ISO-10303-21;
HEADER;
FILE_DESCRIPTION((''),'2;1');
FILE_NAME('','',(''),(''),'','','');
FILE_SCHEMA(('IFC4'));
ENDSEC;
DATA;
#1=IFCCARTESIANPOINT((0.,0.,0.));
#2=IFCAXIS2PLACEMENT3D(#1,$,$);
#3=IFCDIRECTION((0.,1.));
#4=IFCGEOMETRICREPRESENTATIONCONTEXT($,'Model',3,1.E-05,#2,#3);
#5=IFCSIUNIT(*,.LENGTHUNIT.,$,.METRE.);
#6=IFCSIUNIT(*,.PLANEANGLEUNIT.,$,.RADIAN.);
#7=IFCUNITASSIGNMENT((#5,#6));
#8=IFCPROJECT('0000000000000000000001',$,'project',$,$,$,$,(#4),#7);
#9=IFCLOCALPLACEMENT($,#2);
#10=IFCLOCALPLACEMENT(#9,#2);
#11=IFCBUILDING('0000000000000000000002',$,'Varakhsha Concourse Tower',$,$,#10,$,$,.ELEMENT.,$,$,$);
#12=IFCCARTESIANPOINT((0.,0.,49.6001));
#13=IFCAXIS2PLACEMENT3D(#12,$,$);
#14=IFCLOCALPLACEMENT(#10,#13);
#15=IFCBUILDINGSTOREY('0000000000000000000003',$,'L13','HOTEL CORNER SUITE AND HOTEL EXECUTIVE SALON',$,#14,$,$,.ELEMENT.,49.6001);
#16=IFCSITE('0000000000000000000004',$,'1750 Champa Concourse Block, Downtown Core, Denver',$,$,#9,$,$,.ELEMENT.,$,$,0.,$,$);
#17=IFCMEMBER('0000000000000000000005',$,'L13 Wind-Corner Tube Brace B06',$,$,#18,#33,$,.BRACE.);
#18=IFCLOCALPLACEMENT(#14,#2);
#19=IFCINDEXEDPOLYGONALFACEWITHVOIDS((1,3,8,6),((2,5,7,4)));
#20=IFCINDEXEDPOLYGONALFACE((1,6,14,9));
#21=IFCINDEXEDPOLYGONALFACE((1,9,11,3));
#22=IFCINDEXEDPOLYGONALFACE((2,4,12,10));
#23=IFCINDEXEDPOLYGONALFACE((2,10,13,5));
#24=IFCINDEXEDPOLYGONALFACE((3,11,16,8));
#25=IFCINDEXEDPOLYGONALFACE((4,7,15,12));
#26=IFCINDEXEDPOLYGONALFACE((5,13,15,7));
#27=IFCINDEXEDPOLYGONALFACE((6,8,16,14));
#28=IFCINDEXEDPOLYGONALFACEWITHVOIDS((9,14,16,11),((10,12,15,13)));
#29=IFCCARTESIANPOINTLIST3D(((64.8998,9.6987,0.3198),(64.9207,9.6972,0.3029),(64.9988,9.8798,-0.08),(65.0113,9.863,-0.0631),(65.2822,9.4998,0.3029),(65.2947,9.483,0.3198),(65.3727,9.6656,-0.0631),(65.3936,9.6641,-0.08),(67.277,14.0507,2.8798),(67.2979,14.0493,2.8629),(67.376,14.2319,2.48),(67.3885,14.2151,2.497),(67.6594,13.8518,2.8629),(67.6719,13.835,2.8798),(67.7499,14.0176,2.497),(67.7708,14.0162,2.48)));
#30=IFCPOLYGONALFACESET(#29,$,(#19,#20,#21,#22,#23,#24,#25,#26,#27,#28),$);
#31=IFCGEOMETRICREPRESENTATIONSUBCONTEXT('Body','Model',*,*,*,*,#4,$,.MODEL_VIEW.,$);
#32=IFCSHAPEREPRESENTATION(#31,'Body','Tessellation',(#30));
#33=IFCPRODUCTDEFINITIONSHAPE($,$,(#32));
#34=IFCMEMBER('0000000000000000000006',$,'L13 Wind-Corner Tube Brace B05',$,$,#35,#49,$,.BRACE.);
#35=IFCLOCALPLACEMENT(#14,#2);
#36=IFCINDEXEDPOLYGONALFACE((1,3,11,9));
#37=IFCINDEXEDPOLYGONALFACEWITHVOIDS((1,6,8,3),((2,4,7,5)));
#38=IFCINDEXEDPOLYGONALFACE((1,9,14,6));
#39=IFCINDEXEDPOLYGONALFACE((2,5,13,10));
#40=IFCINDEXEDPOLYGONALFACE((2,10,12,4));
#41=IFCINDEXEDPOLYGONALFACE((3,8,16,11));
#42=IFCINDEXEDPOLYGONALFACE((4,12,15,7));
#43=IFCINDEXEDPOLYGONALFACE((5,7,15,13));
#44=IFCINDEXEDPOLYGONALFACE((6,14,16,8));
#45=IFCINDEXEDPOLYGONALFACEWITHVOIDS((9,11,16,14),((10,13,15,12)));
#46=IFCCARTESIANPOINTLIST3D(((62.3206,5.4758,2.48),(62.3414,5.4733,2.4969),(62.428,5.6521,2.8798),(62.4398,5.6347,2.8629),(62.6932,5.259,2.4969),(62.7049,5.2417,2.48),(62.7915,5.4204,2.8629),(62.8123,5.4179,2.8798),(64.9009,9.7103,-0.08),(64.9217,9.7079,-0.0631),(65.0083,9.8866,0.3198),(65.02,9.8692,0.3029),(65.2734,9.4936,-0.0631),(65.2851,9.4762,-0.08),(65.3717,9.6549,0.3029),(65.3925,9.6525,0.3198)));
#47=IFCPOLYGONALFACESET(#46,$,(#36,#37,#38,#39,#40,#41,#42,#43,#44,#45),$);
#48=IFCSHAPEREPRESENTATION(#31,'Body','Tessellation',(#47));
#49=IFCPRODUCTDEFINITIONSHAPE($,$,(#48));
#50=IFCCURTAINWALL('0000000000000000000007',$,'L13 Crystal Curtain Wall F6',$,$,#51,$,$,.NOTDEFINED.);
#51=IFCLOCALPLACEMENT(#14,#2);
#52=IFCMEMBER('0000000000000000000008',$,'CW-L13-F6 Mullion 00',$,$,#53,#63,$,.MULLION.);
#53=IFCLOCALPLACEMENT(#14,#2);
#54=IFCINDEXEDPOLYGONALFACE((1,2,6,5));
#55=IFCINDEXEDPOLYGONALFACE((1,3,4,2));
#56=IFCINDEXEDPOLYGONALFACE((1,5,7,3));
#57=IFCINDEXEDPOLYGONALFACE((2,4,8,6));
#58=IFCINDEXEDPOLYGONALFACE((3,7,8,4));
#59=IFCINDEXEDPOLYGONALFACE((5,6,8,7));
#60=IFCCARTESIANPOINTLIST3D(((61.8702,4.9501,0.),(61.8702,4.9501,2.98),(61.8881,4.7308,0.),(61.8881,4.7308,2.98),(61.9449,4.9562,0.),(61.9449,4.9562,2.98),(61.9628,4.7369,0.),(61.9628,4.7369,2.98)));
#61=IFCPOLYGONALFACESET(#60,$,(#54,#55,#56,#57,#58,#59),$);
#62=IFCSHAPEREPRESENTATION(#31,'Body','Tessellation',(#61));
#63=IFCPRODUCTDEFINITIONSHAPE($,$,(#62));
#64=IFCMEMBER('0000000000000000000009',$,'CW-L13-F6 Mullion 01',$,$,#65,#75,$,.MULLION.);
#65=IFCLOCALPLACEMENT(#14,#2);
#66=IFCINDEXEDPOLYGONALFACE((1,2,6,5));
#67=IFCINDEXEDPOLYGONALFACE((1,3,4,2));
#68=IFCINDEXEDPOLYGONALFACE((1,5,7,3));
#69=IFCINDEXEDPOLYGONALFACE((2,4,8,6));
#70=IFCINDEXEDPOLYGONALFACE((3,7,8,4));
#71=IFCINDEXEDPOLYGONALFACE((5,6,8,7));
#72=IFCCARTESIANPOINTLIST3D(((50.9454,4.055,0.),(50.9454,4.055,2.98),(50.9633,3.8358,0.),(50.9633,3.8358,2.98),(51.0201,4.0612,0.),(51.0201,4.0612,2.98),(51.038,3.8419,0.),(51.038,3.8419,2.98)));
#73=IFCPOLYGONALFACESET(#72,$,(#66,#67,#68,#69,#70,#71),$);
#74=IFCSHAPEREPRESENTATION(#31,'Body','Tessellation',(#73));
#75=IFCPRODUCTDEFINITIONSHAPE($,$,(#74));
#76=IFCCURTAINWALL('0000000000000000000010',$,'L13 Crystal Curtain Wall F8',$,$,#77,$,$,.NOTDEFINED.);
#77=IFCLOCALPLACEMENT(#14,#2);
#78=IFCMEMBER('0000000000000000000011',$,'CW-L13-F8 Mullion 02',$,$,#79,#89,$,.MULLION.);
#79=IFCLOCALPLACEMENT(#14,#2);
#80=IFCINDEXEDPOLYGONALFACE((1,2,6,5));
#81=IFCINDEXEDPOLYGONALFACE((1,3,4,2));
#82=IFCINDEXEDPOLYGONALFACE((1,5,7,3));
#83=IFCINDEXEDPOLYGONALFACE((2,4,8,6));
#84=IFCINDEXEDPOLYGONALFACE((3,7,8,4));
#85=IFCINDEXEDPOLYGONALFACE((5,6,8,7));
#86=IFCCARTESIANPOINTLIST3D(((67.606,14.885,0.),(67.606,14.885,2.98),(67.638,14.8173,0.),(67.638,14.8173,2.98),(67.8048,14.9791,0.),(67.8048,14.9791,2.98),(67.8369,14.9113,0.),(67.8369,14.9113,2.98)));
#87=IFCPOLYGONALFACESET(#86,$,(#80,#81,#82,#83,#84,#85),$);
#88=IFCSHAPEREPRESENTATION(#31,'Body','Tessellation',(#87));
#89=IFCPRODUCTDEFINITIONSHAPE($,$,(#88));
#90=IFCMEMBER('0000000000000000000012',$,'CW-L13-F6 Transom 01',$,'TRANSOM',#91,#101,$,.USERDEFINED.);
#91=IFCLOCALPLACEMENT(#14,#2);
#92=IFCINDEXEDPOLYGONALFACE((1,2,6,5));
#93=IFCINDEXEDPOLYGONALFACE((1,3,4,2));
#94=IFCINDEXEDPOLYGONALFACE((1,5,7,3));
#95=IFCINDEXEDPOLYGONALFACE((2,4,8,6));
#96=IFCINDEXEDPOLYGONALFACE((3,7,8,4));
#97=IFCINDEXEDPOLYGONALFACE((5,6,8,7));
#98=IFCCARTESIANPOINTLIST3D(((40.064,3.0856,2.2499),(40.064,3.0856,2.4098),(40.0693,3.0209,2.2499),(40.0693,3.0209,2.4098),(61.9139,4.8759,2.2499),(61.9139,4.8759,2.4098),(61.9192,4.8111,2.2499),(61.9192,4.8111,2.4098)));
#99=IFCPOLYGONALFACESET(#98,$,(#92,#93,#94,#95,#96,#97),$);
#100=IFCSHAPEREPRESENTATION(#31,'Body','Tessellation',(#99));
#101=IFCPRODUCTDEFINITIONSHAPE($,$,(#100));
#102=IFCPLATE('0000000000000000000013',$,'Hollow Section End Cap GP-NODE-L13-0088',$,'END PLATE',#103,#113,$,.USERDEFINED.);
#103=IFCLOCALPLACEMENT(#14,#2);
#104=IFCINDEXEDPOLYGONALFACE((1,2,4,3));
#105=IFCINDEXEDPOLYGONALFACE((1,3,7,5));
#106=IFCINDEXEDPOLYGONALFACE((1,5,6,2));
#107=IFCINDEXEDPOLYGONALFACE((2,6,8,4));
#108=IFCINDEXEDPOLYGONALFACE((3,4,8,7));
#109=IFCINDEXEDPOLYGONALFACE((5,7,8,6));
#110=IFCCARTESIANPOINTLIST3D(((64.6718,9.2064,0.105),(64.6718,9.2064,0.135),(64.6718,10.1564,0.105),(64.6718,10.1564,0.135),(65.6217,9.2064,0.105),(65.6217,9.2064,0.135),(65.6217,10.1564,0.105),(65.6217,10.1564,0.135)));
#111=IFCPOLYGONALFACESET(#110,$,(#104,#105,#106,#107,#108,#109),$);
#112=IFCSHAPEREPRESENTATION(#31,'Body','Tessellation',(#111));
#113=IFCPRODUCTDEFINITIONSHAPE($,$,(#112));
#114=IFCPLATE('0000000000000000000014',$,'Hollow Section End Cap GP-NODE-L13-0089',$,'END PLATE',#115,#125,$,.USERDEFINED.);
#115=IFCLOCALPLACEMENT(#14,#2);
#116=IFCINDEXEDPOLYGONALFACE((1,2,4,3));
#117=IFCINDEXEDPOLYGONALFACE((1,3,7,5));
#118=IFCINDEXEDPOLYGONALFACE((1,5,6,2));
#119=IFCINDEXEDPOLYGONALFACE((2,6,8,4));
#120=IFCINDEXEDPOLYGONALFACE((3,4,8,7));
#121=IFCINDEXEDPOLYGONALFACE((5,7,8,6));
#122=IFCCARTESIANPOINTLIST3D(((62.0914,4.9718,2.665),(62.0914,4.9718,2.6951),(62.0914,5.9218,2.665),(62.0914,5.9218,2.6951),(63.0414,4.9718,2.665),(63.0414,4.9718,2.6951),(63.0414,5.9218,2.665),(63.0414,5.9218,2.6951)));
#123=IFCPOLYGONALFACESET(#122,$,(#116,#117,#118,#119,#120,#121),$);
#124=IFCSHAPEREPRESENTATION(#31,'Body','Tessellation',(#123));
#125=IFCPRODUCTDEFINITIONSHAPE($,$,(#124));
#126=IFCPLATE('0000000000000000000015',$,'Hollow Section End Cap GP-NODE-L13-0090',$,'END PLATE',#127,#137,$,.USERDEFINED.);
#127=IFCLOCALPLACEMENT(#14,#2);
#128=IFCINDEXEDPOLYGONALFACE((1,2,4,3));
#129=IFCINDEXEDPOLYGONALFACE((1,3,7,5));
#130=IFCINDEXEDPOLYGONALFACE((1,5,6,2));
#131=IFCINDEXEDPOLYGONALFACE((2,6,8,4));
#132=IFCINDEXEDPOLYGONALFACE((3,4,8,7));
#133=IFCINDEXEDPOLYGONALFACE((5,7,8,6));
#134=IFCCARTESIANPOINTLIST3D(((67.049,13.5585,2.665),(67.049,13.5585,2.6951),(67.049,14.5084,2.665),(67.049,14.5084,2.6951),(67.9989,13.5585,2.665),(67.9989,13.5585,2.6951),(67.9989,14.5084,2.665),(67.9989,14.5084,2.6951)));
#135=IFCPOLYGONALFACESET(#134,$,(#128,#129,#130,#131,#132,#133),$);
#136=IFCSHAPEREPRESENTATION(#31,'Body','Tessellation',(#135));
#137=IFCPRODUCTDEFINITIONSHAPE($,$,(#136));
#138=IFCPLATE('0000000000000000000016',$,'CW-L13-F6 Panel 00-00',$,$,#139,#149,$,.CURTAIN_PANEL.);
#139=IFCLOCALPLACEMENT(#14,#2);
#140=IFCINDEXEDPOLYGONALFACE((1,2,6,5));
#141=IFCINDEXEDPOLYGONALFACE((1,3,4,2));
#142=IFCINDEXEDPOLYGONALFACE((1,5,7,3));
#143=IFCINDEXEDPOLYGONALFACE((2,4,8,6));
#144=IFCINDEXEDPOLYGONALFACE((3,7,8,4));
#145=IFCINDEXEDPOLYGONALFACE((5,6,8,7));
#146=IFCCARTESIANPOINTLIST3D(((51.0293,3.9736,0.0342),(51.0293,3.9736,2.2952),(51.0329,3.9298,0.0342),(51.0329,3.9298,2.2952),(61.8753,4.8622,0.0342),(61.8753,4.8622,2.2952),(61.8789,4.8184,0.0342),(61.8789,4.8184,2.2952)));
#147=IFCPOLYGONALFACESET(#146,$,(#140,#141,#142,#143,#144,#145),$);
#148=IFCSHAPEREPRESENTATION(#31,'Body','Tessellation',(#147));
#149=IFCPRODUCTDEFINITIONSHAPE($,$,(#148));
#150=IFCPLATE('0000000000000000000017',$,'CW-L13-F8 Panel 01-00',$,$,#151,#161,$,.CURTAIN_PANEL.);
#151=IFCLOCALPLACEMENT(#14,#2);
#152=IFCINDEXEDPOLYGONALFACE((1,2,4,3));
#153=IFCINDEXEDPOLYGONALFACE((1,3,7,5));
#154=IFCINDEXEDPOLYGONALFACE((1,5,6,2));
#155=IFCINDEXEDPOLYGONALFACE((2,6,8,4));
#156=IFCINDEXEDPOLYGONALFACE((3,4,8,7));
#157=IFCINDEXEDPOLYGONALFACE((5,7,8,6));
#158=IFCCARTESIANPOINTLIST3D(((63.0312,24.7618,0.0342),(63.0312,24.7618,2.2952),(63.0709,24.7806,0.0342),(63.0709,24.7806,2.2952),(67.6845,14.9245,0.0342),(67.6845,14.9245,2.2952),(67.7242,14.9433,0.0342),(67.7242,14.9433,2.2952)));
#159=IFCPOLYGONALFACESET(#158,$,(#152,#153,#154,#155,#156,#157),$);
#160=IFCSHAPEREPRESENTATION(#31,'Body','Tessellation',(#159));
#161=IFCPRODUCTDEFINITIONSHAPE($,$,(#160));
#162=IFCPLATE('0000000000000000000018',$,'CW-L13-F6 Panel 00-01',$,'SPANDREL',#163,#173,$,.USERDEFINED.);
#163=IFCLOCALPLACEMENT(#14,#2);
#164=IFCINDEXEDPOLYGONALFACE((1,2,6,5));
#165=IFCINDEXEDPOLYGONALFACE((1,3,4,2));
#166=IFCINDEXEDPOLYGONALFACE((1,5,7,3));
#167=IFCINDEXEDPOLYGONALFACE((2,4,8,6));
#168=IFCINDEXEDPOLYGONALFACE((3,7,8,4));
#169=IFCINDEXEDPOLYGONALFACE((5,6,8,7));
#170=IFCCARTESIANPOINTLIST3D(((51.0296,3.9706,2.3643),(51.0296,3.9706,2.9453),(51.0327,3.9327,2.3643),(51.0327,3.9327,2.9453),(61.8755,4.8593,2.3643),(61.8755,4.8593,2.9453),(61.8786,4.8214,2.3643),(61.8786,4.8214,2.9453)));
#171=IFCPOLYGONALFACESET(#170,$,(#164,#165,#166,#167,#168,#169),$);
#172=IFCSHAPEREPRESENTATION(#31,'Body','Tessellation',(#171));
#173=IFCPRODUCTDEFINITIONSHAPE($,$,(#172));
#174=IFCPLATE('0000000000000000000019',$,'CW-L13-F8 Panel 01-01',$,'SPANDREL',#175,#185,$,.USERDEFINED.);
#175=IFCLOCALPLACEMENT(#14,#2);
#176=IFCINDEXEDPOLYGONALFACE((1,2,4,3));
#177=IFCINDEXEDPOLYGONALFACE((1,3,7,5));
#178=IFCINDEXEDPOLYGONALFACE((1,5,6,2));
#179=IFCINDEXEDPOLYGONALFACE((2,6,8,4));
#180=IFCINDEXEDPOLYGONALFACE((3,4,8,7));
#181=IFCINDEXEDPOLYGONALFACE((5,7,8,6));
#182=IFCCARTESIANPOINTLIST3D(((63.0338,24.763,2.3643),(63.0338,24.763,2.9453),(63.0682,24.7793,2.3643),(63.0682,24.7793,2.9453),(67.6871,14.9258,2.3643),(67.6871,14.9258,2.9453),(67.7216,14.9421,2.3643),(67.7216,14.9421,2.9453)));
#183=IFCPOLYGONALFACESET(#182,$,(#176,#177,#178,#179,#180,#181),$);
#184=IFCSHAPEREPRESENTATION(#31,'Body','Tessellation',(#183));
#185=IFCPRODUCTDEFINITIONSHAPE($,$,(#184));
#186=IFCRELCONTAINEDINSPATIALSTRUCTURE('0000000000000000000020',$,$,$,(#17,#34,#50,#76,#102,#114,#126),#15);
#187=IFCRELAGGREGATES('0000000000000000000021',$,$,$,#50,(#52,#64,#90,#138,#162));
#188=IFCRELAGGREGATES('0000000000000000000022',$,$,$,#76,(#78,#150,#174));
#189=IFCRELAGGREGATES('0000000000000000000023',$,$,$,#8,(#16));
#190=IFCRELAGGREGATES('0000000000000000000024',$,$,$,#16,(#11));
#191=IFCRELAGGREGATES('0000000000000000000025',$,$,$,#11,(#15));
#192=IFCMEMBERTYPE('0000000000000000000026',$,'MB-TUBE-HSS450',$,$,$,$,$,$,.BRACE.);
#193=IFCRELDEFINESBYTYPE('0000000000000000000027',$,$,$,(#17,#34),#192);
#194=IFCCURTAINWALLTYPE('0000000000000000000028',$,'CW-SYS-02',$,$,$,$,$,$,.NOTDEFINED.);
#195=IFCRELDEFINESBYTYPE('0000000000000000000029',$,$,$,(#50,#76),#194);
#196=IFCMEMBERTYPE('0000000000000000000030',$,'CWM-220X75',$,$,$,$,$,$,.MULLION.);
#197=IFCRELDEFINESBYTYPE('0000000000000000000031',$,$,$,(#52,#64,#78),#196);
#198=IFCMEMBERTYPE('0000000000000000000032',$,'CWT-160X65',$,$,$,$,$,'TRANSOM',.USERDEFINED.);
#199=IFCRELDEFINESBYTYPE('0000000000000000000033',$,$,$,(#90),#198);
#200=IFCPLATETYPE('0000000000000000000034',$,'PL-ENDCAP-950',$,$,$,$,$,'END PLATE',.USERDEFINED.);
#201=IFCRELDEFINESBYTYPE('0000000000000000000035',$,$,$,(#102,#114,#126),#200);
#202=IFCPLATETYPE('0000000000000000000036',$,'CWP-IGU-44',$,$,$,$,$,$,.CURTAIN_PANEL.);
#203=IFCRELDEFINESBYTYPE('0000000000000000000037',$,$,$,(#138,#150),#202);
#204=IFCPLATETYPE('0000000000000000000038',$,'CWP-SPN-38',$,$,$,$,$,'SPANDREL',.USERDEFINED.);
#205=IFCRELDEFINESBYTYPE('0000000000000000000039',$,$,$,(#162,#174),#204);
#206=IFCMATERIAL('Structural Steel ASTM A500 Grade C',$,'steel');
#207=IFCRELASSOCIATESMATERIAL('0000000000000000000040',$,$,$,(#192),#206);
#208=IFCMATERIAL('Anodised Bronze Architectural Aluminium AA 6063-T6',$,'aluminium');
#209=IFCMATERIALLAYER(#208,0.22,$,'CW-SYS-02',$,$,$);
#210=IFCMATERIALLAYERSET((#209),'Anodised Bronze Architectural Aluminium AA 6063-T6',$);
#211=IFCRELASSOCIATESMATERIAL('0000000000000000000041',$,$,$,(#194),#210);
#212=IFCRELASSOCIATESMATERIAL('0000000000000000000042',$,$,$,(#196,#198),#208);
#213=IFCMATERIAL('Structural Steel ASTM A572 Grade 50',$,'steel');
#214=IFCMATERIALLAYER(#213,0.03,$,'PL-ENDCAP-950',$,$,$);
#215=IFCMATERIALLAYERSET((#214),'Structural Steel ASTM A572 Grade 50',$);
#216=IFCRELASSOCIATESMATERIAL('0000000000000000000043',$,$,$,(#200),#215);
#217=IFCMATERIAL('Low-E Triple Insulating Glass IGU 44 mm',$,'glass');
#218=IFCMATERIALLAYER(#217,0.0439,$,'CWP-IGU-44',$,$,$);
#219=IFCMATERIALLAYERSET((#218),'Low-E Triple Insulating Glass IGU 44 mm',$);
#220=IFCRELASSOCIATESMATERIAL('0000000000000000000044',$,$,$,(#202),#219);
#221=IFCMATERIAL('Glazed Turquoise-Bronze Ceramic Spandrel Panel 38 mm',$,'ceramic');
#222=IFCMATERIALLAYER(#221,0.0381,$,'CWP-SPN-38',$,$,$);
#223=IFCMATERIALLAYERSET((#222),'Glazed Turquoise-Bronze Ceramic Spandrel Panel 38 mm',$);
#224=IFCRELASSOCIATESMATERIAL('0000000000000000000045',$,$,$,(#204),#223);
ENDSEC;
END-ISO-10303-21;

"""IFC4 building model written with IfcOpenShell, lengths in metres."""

from ifc_helpers import new_model, si_unit, direction, frame, origin, origin_2d, place, context, subcontext, project, spatial, rectangle, hollow_rectangle, extrude, source, transform, mapped, material, layer, layer_set, material_profile, profile_set, type_object, type_shapes, element, aggregate, save


model = new_model("IFC4")

# Units and contexts
model_context = context("Model", 3, precision=1e-05, world=origin(), true_north=direction((0.0, 1.0)))
body_context = subcontext(model_context, "Body", "Model", "MODEL_VIEW")
ifc_project = project(units=[si_unit("LENGTHUNIT", "METRE"), si_unit("PLANEANGLEUNIT", "RADIAN")], contexts=[model_context])

# Site, building, storey
site_placement = place(None, origin())
site = spatial("IfcSite", under=ifc_project, at=site_placement, Name="1750 Champa Concourse Block, Downtown Core, Denver", CompositionType="ELEMENT", RefElevation=0.0)
building_placement = place(site_placement, origin())
building = spatial("IfcBuilding", under=site, at=building_placement, Name="Varakhsha Concourse Tower", CompositionType="ELEMENT")
storey_placement = place(building_placement, frame((0.0, 0.0, 49.6001)))
storey = spatial("IfcBuildingStorey", under=building, at=storey_placement, Name="L13", Description="HOTEL CORNER SUITE AND HOTEL EXECUTIVE SALON", CompositionType="ELEMENT", Elevation=49.6001)

# Shared definitions
ifc_material_1 = material(Name="Structural Steel ASTM A572 Grade 50", Category="steel")

# Members
ifc_material_2 = material(Name="Structural Steel ASTM A500 Grade C", Category="steel")
ifc_material_profile_1 = material_profile(ifc_material_2, hollow_rectangle(XDim=0.45, YDim=0.45, WallThickness=0.019, at=origin_2d()), Name="HSS 450x450x19")
ifc_profile_set_1 = profile_set([ifc_material_profile_1], Name="Structural Steel ASTM A500 Grade C")
member_type_1 = type_object("IfcMemberType", Name="MB-TUBE-HSS450", PredefinedType="BRACE", material=ifc_profile_set_1)
shared_shape_1 = source(origin(), body_context, "Body", "SweptSolid", [
    extrude(hollow_rectangle(XDim=0.45, YDim=0.45, WallThickness=0.019, at=origin_2d()), origin(), (0.0, 0.0, 1.0), 5.5808),
])
member_1_placement = place(storey_placement, frame((65.1467, 9.6814, 0.1199), z_axis=(0.42596, 0.779826, 0.458726), x_axis=(-0.877611, 0.479373, 0.0)))
element("IfcMember", 1, at=member_1_placement, inside=storey, type_object=member_type_1, Name="L13 Wind-Corner Tube Brace B06", PredefinedType="BRACE", context=body_context, shape_type="MappedRepresentation", body=[
    mapped(shared_shape_1, transform((0.0, 0.0, 0.0), scale=1.0)),
])
shared_shape_2 = source(origin(), body_context, "Body", "SweptSolid", [
    extrude(hollow_rectangle(XDim=0.45, YDim=0.45, WallThickness=0.019, at=origin_2d()), origin(), (0.0, 0.0, 1.0), 5.5806),
])
type_shapes(member_type_1, [shared_shape_1, shared_shape_2])
member_2_placement = place(storey_placement, frame((65.1467, 9.6814, 0.1199), z_axis=(-0.462367, -0.7588, 0.458736), x_axis=(0.853954, -0.520348, 0.0)))
element("IfcMember", 2, at=member_2_placement, inside=storey, type_object=member_type_1, Name="L13 Wind-Corner Tube Brace B05", PredefinedType="BRACE", context=body_context, shape_type="MappedRepresentation", body=[
    mapped(shared_shape_2, transform((0.0, 0.0, 0.0), scale=1.0)),
])

# Curtain wall, members
ifc_material_3 = material(Name="Anodised Bronze Architectural Aluminium AA 6063-T6", Category="aluminium")
ifc_layer_1 = layer(ifc_material_3, 0.22, Name="CW-SYS-02")
ifc_layer_set_1 = layer_set([ifc_layer_1], Name="Anodised Bronze Architectural Aluminium AA 6063-T6")
curtain_wall_type = type_object("IfcCurtainWallType", Name="CW-SYS-02", PredefinedType="NOTDEFINED", material=ifc_layer_set_1)
curtain_wall_1_placement = place(storey_placement, origin())
curtain_wall_1 = element("IfcCurtainWall", 3, at=curtain_wall_1_placement, inside=storey, type_object=curtain_wall_type, Name="L13 Crystal Curtain Wall F6", PredefinedType="NOTDEFINED")
ifc_material_profile_2 = material_profile(ifc_material_3, rectangle(XDim=0.075, YDim=0.22, at=origin_2d()), Name="CWM-220X75")
ifc_profile_set_2 = profile_set([ifc_material_profile_2], Name="Anodised Bronze Architectural Aluminium AA 6063-T6")
member_type_2 = type_object("IfcMemberType", Name="CWM-220X75", PredefinedType="MULLION", material=ifc_profile_set_2)
shared_shape_3 = source(origin(), body_context, "Body", "SweptSolid", [
    extrude(rectangle(XDim=0.075, YDim=0.22, at=origin_2d()), origin(), (0.0, 0.0, 1.0), 2.98),
])
type_shapes(member_type_2, [shared_shape_3])
member_3_placement = place(storey_placement, frame((61.9165, 4.8435, 0.0), z_axis=(0.0, 0.0, 1.0), x_axis=(-0.99666, -0.081664, 0.0)))
member_3 = element("IfcMember", 4, at=member_3_placement, type_object=member_type_2, Name="CW-L13-F6 Mullion 00", PredefinedType="MULLION", context=body_context, shape_type="MappedRepresentation", body=[
    mapped(shared_shape_3, transform((0.0, 0.0, 0.0), scale=1.0)),
])
member_4_placement = place(storey_placement, frame((50.9917, 3.9485, 0.0), z_axis=(0.0, 0.0, 1.0), x_axis=(-0.99666, -0.081664, 0.0)))
member_4 = element("IfcMember", 5, at=member_4_placement, type_object=member_type_2, Name="CW-L13-F6 Mullion 01", PredefinedType="MULLION", context=body_context, shape_type="MappedRepresentation", body=[
    mapped(shared_shape_3, transform((0.0, 0.0, 0.0), scale=1.0)),
])

# Curtain wall, member
curtain_wall_2_placement = place(storey_placement, origin())
curtain_wall_2 = element("IfcCurtainWall", 6, at=curtain_wall_2_placement, inside=storey, type_object=curtain_wall_type, Name="L13 Crystal Curtain Wall F8", PredefinedType="NOTDEFINED")
member_5_placement = place(storey_placement, frame((67.7214, 14.8982, 0.0), z_axis=(0.0, 0.0, 1.0), x_axis=(0.427604, -0.903966, 0.0)))
member_5 = element("IfcMember", 7, at=member_5_placement, type_object=member_type_2, Name="CW-L13-F8 Mullion 02", PredefinedType="MULLION", context=body_context, shape_type="MappedRepresentation", body=[
    mapped(shared_shape_3, transform((0.0, 0.0, 0.0), scale=1.0)),
])

# Member
ifc_material_profile_3 = material_profile(ifc_material_3, rectangle(XDim=0.0649, YDim=0.1599, at=origin_2d()), Name="CWT-160X65")
ifc_profile_set_3 = profile_set([ifc_material_profile_3], Name="Anodised Bronze Architectural Aluminium AA 6063-T6")
member_type_3 = type_object("IfcMemberType", Name="CWT-160X65", ElementType="TRANSOM", PredefinedType="USERDEFINED", material=ifc_profile_set_3)
shared_shape_4 = source(origin(), body_context, "Body", "SweptSolid", [
    extrude(rectangle(XDim=0.0649, YDim=0.1599, at=origin_2d()), origin(), (0.0, 0.0, 1.0), 21.9231),
])
type_shapes(member_type_3, [shared_shape_4])
member_6_placement = place(storey_placement, frame((61.9165, 4.8435, 2.3298), z_axis=(-0.99666, -0.081662, 0.0), x_axis=(0.081662, -0.99666, 0.0)))
member_6 = element("IfcMember", 8, at=member_6_placement, type_object=member_type_3, Name="CW-L13-F6 Transom 01", ObjectType="TRANSOM", PredefinedType="USERDEFINED", context=body_context, shape_type="MappedRepresentation", body=[
    mapped(shared_shape_4, transform((0.0, 0.0, 0.0), scale=1.0)),
])

# Plates
ifc_layer_2 = layer(ifc_material_1, 0.03, Name="PL-ENDCAP-950")
ifc_layer_set_2 = layer_set([ifc_layer_2], Name="Structural Steel ASTM A572 Grade 50")
plate_type_1 = type_object("IfcPlateType", Name="PL-ENDCAP-950", ElementType="END PLATE", PredefinedType="USERDEFINED", material=ifc_layer_set_2)
shared_shape_5 = source(origin(), body_context, "Body", "SweptSolid", [
    extrude(rectangle(XDim=0.95, YDim=0.95, at=origin_2d()), origin(), (0.0, 0.0, 1.0), 0.03),
])
type_shapes(plate_type_1, [shared_shape_5])
for number, where, z_axis, x_axis, name in (
    (9, (65.1467, 9.6814, 0.105), (0.0, 0.0, 1.0), (1.0, 0.0, 0.0), "Hollow Section End Cap GP-NODE-L13-0088"),
    (10, (62.5664, 5.4468, 2.665), (0.0, 0.0, 1.0), (1.0, 0.0, 0.0), "Hollow Section End Cap GP-NODE-L13-0089"),
    (11, (67.5239, 14.0334, 2.665), (0.0, 0.0, 1.0), (1.0, 0.0, 0.0), "Hollow Section End Cap GP-NODE-L13-0090"),
):
    element("IfcPlate", number, at=place(storey_placement, frame(where, z_axis=z_axis, x_axis=x_axis)), inside=storey, type_object=plate_type_1, Name=name, ObjectType="END PLATE", PredefinedType="USERDEFINED", context=body_context, shape_type="MappedRepresentation", body=[
        mapped(shared_shape_5, transform((0.0, 0.0, 0.0), scale=1.0)),
    ])

# Plates
ifc_material_4 = material(Name="Low-E Triple Insulating Glass IGU 44 mm", Category="glass")
ifc_layer_3 = layer(ifc_material_4, 0.0439, Name="CWP-IGU-44")
ifc_layer_set_3 = layer_set([ifc_layer_3], Name="Low-E Triple Insulating Glass IGU 44 mm")
plate_type_2 = type_object("IfcPlateType", Name="CWP-IGU-44", PredefinedType="CURTAIN_PANEL", material=ifc_layer_set_3)
shared_shape_6 = source(origin(), body_context, "Body", "SweptSolid", [
    extrude(rectangle(XDim=10.8823, YDim=0.0439, at=origin_2d()), origin(), (0.0, 0.0, 1.0), 2.261),
])
type_shapes(plate_type_2, [shared_shape_6])
plate_1_placement = place(storey_placement, frame((56.4541, 4.396, 0.0342), z_axis=(0.0, 0.0, 1.0), x_axis=(-0.99666, -0.081664, 0.0)))
plate_1 = element("IfcPlate", 12, at=plate_1_placement, type_object=plate_type_2, Name="CW-L13-F6 Panel 00-00", PredefinedType="CURTAIN_PANEL", context=body_context, shape_type="MappedRepresentation", body=[
    mapped(shared_shape_6, transform((0.0, 0.0, 0.0), scale=1.0)),
])
plate_2_placement = place(storey_placement, frame((65.3777, 19.8525, 0.0342), z_axis=(0.0, 0.0, 1.0), x_axis=(0.427604, -0.903966, 0.0)))
plate_2 = element("IfcPlate", 13, at=plate_2_placement, type_object=plate_type_2, Name="CW-L13-F8 Panel 01-00", PredefinedType="CURTAIN_PANEL", context=body_context, shape_type="MappedRepresentation", body=[
    mapped(shared_shape_6, transform((0.0, 0.0, 0.0), scale=1.0)),
])
ifc_material_5 = material(Name="Glazed Turquoise-Bronze Ceramic Spandrel Panel 38 mm", Category="ceramic")
ifc_layer_4 = layer(ifc_material_5, 0.0381, Name="CWP-SPN-38")
ifc_layer_set_4 = layer_set([ifc_layer_4], Name="Glazed Turquoise-Bronze Ceramic Spandrel Panel 38 mm")
plate_type_3 = type_object("IfcPlateType", Name="CWP-SPN-38", ElementType="SPANDREL", PredefinedType="USERDEFINED", material=ifc_layer_set_4)
shared_shape_7 = source(origin(), body_context, "Body", "SweptSolid", [
    extrude(rectangle(XDim=10.8823, YDim=0.0381, at=origin_2d()), origin(), (0.0, 0.0, 1.0), 0.5811),
])
type_shapes(plate_type_3, [shared_shape_7])
plate_3_placement = place(storey_placement, frame((56.4541, 4.396, 2.3643), z_axis=(0.0, 0.0, 1.0), x_axis=(-0.99666, -0.081664, 0.0)))
plate_3 = element("IfcPlate", 14, at=plate_3_placement, type_object=plate_type_3, Name="CW-L13-F6 Panel 00-01", ObjectType="SPANDREL", PredefinedType="USERDEFINED", context=body_context, shape_type="MappedRepresentation", body=[
    mapped(shared_shape_7, transform((0.0, 0.0, 0.0), scale=1.0)),
])
aggregate(curtain_wall_1, [member_3, member_4, member_6, plate_1, plate_3])
plate_4_placement = place(storey_placement, frame((65.3777, 19.8525, 2.3643), z_axis=(0.0, 0.0, 1.0), x_axis=(0.427604, -0.903966, 0.0)))
plate_4 = element("IfcPlate", 15, at=plate_4_placement, type_object=plate_type_3, Name="CW-L13-F8 Panel 01-01", ObjectType="SPANDREL", PredefinedType="USERDEFINED", context=body_context, shape_type="MappedRepresentation", body=[
    mapped(shared_shape_7, transform((0.0, 0.0, 0.0), scale=1.0)),
])
aggregate(curtain_wall_2, [member_5, plate_2, plate_4])

save(model, "model.ifc")
